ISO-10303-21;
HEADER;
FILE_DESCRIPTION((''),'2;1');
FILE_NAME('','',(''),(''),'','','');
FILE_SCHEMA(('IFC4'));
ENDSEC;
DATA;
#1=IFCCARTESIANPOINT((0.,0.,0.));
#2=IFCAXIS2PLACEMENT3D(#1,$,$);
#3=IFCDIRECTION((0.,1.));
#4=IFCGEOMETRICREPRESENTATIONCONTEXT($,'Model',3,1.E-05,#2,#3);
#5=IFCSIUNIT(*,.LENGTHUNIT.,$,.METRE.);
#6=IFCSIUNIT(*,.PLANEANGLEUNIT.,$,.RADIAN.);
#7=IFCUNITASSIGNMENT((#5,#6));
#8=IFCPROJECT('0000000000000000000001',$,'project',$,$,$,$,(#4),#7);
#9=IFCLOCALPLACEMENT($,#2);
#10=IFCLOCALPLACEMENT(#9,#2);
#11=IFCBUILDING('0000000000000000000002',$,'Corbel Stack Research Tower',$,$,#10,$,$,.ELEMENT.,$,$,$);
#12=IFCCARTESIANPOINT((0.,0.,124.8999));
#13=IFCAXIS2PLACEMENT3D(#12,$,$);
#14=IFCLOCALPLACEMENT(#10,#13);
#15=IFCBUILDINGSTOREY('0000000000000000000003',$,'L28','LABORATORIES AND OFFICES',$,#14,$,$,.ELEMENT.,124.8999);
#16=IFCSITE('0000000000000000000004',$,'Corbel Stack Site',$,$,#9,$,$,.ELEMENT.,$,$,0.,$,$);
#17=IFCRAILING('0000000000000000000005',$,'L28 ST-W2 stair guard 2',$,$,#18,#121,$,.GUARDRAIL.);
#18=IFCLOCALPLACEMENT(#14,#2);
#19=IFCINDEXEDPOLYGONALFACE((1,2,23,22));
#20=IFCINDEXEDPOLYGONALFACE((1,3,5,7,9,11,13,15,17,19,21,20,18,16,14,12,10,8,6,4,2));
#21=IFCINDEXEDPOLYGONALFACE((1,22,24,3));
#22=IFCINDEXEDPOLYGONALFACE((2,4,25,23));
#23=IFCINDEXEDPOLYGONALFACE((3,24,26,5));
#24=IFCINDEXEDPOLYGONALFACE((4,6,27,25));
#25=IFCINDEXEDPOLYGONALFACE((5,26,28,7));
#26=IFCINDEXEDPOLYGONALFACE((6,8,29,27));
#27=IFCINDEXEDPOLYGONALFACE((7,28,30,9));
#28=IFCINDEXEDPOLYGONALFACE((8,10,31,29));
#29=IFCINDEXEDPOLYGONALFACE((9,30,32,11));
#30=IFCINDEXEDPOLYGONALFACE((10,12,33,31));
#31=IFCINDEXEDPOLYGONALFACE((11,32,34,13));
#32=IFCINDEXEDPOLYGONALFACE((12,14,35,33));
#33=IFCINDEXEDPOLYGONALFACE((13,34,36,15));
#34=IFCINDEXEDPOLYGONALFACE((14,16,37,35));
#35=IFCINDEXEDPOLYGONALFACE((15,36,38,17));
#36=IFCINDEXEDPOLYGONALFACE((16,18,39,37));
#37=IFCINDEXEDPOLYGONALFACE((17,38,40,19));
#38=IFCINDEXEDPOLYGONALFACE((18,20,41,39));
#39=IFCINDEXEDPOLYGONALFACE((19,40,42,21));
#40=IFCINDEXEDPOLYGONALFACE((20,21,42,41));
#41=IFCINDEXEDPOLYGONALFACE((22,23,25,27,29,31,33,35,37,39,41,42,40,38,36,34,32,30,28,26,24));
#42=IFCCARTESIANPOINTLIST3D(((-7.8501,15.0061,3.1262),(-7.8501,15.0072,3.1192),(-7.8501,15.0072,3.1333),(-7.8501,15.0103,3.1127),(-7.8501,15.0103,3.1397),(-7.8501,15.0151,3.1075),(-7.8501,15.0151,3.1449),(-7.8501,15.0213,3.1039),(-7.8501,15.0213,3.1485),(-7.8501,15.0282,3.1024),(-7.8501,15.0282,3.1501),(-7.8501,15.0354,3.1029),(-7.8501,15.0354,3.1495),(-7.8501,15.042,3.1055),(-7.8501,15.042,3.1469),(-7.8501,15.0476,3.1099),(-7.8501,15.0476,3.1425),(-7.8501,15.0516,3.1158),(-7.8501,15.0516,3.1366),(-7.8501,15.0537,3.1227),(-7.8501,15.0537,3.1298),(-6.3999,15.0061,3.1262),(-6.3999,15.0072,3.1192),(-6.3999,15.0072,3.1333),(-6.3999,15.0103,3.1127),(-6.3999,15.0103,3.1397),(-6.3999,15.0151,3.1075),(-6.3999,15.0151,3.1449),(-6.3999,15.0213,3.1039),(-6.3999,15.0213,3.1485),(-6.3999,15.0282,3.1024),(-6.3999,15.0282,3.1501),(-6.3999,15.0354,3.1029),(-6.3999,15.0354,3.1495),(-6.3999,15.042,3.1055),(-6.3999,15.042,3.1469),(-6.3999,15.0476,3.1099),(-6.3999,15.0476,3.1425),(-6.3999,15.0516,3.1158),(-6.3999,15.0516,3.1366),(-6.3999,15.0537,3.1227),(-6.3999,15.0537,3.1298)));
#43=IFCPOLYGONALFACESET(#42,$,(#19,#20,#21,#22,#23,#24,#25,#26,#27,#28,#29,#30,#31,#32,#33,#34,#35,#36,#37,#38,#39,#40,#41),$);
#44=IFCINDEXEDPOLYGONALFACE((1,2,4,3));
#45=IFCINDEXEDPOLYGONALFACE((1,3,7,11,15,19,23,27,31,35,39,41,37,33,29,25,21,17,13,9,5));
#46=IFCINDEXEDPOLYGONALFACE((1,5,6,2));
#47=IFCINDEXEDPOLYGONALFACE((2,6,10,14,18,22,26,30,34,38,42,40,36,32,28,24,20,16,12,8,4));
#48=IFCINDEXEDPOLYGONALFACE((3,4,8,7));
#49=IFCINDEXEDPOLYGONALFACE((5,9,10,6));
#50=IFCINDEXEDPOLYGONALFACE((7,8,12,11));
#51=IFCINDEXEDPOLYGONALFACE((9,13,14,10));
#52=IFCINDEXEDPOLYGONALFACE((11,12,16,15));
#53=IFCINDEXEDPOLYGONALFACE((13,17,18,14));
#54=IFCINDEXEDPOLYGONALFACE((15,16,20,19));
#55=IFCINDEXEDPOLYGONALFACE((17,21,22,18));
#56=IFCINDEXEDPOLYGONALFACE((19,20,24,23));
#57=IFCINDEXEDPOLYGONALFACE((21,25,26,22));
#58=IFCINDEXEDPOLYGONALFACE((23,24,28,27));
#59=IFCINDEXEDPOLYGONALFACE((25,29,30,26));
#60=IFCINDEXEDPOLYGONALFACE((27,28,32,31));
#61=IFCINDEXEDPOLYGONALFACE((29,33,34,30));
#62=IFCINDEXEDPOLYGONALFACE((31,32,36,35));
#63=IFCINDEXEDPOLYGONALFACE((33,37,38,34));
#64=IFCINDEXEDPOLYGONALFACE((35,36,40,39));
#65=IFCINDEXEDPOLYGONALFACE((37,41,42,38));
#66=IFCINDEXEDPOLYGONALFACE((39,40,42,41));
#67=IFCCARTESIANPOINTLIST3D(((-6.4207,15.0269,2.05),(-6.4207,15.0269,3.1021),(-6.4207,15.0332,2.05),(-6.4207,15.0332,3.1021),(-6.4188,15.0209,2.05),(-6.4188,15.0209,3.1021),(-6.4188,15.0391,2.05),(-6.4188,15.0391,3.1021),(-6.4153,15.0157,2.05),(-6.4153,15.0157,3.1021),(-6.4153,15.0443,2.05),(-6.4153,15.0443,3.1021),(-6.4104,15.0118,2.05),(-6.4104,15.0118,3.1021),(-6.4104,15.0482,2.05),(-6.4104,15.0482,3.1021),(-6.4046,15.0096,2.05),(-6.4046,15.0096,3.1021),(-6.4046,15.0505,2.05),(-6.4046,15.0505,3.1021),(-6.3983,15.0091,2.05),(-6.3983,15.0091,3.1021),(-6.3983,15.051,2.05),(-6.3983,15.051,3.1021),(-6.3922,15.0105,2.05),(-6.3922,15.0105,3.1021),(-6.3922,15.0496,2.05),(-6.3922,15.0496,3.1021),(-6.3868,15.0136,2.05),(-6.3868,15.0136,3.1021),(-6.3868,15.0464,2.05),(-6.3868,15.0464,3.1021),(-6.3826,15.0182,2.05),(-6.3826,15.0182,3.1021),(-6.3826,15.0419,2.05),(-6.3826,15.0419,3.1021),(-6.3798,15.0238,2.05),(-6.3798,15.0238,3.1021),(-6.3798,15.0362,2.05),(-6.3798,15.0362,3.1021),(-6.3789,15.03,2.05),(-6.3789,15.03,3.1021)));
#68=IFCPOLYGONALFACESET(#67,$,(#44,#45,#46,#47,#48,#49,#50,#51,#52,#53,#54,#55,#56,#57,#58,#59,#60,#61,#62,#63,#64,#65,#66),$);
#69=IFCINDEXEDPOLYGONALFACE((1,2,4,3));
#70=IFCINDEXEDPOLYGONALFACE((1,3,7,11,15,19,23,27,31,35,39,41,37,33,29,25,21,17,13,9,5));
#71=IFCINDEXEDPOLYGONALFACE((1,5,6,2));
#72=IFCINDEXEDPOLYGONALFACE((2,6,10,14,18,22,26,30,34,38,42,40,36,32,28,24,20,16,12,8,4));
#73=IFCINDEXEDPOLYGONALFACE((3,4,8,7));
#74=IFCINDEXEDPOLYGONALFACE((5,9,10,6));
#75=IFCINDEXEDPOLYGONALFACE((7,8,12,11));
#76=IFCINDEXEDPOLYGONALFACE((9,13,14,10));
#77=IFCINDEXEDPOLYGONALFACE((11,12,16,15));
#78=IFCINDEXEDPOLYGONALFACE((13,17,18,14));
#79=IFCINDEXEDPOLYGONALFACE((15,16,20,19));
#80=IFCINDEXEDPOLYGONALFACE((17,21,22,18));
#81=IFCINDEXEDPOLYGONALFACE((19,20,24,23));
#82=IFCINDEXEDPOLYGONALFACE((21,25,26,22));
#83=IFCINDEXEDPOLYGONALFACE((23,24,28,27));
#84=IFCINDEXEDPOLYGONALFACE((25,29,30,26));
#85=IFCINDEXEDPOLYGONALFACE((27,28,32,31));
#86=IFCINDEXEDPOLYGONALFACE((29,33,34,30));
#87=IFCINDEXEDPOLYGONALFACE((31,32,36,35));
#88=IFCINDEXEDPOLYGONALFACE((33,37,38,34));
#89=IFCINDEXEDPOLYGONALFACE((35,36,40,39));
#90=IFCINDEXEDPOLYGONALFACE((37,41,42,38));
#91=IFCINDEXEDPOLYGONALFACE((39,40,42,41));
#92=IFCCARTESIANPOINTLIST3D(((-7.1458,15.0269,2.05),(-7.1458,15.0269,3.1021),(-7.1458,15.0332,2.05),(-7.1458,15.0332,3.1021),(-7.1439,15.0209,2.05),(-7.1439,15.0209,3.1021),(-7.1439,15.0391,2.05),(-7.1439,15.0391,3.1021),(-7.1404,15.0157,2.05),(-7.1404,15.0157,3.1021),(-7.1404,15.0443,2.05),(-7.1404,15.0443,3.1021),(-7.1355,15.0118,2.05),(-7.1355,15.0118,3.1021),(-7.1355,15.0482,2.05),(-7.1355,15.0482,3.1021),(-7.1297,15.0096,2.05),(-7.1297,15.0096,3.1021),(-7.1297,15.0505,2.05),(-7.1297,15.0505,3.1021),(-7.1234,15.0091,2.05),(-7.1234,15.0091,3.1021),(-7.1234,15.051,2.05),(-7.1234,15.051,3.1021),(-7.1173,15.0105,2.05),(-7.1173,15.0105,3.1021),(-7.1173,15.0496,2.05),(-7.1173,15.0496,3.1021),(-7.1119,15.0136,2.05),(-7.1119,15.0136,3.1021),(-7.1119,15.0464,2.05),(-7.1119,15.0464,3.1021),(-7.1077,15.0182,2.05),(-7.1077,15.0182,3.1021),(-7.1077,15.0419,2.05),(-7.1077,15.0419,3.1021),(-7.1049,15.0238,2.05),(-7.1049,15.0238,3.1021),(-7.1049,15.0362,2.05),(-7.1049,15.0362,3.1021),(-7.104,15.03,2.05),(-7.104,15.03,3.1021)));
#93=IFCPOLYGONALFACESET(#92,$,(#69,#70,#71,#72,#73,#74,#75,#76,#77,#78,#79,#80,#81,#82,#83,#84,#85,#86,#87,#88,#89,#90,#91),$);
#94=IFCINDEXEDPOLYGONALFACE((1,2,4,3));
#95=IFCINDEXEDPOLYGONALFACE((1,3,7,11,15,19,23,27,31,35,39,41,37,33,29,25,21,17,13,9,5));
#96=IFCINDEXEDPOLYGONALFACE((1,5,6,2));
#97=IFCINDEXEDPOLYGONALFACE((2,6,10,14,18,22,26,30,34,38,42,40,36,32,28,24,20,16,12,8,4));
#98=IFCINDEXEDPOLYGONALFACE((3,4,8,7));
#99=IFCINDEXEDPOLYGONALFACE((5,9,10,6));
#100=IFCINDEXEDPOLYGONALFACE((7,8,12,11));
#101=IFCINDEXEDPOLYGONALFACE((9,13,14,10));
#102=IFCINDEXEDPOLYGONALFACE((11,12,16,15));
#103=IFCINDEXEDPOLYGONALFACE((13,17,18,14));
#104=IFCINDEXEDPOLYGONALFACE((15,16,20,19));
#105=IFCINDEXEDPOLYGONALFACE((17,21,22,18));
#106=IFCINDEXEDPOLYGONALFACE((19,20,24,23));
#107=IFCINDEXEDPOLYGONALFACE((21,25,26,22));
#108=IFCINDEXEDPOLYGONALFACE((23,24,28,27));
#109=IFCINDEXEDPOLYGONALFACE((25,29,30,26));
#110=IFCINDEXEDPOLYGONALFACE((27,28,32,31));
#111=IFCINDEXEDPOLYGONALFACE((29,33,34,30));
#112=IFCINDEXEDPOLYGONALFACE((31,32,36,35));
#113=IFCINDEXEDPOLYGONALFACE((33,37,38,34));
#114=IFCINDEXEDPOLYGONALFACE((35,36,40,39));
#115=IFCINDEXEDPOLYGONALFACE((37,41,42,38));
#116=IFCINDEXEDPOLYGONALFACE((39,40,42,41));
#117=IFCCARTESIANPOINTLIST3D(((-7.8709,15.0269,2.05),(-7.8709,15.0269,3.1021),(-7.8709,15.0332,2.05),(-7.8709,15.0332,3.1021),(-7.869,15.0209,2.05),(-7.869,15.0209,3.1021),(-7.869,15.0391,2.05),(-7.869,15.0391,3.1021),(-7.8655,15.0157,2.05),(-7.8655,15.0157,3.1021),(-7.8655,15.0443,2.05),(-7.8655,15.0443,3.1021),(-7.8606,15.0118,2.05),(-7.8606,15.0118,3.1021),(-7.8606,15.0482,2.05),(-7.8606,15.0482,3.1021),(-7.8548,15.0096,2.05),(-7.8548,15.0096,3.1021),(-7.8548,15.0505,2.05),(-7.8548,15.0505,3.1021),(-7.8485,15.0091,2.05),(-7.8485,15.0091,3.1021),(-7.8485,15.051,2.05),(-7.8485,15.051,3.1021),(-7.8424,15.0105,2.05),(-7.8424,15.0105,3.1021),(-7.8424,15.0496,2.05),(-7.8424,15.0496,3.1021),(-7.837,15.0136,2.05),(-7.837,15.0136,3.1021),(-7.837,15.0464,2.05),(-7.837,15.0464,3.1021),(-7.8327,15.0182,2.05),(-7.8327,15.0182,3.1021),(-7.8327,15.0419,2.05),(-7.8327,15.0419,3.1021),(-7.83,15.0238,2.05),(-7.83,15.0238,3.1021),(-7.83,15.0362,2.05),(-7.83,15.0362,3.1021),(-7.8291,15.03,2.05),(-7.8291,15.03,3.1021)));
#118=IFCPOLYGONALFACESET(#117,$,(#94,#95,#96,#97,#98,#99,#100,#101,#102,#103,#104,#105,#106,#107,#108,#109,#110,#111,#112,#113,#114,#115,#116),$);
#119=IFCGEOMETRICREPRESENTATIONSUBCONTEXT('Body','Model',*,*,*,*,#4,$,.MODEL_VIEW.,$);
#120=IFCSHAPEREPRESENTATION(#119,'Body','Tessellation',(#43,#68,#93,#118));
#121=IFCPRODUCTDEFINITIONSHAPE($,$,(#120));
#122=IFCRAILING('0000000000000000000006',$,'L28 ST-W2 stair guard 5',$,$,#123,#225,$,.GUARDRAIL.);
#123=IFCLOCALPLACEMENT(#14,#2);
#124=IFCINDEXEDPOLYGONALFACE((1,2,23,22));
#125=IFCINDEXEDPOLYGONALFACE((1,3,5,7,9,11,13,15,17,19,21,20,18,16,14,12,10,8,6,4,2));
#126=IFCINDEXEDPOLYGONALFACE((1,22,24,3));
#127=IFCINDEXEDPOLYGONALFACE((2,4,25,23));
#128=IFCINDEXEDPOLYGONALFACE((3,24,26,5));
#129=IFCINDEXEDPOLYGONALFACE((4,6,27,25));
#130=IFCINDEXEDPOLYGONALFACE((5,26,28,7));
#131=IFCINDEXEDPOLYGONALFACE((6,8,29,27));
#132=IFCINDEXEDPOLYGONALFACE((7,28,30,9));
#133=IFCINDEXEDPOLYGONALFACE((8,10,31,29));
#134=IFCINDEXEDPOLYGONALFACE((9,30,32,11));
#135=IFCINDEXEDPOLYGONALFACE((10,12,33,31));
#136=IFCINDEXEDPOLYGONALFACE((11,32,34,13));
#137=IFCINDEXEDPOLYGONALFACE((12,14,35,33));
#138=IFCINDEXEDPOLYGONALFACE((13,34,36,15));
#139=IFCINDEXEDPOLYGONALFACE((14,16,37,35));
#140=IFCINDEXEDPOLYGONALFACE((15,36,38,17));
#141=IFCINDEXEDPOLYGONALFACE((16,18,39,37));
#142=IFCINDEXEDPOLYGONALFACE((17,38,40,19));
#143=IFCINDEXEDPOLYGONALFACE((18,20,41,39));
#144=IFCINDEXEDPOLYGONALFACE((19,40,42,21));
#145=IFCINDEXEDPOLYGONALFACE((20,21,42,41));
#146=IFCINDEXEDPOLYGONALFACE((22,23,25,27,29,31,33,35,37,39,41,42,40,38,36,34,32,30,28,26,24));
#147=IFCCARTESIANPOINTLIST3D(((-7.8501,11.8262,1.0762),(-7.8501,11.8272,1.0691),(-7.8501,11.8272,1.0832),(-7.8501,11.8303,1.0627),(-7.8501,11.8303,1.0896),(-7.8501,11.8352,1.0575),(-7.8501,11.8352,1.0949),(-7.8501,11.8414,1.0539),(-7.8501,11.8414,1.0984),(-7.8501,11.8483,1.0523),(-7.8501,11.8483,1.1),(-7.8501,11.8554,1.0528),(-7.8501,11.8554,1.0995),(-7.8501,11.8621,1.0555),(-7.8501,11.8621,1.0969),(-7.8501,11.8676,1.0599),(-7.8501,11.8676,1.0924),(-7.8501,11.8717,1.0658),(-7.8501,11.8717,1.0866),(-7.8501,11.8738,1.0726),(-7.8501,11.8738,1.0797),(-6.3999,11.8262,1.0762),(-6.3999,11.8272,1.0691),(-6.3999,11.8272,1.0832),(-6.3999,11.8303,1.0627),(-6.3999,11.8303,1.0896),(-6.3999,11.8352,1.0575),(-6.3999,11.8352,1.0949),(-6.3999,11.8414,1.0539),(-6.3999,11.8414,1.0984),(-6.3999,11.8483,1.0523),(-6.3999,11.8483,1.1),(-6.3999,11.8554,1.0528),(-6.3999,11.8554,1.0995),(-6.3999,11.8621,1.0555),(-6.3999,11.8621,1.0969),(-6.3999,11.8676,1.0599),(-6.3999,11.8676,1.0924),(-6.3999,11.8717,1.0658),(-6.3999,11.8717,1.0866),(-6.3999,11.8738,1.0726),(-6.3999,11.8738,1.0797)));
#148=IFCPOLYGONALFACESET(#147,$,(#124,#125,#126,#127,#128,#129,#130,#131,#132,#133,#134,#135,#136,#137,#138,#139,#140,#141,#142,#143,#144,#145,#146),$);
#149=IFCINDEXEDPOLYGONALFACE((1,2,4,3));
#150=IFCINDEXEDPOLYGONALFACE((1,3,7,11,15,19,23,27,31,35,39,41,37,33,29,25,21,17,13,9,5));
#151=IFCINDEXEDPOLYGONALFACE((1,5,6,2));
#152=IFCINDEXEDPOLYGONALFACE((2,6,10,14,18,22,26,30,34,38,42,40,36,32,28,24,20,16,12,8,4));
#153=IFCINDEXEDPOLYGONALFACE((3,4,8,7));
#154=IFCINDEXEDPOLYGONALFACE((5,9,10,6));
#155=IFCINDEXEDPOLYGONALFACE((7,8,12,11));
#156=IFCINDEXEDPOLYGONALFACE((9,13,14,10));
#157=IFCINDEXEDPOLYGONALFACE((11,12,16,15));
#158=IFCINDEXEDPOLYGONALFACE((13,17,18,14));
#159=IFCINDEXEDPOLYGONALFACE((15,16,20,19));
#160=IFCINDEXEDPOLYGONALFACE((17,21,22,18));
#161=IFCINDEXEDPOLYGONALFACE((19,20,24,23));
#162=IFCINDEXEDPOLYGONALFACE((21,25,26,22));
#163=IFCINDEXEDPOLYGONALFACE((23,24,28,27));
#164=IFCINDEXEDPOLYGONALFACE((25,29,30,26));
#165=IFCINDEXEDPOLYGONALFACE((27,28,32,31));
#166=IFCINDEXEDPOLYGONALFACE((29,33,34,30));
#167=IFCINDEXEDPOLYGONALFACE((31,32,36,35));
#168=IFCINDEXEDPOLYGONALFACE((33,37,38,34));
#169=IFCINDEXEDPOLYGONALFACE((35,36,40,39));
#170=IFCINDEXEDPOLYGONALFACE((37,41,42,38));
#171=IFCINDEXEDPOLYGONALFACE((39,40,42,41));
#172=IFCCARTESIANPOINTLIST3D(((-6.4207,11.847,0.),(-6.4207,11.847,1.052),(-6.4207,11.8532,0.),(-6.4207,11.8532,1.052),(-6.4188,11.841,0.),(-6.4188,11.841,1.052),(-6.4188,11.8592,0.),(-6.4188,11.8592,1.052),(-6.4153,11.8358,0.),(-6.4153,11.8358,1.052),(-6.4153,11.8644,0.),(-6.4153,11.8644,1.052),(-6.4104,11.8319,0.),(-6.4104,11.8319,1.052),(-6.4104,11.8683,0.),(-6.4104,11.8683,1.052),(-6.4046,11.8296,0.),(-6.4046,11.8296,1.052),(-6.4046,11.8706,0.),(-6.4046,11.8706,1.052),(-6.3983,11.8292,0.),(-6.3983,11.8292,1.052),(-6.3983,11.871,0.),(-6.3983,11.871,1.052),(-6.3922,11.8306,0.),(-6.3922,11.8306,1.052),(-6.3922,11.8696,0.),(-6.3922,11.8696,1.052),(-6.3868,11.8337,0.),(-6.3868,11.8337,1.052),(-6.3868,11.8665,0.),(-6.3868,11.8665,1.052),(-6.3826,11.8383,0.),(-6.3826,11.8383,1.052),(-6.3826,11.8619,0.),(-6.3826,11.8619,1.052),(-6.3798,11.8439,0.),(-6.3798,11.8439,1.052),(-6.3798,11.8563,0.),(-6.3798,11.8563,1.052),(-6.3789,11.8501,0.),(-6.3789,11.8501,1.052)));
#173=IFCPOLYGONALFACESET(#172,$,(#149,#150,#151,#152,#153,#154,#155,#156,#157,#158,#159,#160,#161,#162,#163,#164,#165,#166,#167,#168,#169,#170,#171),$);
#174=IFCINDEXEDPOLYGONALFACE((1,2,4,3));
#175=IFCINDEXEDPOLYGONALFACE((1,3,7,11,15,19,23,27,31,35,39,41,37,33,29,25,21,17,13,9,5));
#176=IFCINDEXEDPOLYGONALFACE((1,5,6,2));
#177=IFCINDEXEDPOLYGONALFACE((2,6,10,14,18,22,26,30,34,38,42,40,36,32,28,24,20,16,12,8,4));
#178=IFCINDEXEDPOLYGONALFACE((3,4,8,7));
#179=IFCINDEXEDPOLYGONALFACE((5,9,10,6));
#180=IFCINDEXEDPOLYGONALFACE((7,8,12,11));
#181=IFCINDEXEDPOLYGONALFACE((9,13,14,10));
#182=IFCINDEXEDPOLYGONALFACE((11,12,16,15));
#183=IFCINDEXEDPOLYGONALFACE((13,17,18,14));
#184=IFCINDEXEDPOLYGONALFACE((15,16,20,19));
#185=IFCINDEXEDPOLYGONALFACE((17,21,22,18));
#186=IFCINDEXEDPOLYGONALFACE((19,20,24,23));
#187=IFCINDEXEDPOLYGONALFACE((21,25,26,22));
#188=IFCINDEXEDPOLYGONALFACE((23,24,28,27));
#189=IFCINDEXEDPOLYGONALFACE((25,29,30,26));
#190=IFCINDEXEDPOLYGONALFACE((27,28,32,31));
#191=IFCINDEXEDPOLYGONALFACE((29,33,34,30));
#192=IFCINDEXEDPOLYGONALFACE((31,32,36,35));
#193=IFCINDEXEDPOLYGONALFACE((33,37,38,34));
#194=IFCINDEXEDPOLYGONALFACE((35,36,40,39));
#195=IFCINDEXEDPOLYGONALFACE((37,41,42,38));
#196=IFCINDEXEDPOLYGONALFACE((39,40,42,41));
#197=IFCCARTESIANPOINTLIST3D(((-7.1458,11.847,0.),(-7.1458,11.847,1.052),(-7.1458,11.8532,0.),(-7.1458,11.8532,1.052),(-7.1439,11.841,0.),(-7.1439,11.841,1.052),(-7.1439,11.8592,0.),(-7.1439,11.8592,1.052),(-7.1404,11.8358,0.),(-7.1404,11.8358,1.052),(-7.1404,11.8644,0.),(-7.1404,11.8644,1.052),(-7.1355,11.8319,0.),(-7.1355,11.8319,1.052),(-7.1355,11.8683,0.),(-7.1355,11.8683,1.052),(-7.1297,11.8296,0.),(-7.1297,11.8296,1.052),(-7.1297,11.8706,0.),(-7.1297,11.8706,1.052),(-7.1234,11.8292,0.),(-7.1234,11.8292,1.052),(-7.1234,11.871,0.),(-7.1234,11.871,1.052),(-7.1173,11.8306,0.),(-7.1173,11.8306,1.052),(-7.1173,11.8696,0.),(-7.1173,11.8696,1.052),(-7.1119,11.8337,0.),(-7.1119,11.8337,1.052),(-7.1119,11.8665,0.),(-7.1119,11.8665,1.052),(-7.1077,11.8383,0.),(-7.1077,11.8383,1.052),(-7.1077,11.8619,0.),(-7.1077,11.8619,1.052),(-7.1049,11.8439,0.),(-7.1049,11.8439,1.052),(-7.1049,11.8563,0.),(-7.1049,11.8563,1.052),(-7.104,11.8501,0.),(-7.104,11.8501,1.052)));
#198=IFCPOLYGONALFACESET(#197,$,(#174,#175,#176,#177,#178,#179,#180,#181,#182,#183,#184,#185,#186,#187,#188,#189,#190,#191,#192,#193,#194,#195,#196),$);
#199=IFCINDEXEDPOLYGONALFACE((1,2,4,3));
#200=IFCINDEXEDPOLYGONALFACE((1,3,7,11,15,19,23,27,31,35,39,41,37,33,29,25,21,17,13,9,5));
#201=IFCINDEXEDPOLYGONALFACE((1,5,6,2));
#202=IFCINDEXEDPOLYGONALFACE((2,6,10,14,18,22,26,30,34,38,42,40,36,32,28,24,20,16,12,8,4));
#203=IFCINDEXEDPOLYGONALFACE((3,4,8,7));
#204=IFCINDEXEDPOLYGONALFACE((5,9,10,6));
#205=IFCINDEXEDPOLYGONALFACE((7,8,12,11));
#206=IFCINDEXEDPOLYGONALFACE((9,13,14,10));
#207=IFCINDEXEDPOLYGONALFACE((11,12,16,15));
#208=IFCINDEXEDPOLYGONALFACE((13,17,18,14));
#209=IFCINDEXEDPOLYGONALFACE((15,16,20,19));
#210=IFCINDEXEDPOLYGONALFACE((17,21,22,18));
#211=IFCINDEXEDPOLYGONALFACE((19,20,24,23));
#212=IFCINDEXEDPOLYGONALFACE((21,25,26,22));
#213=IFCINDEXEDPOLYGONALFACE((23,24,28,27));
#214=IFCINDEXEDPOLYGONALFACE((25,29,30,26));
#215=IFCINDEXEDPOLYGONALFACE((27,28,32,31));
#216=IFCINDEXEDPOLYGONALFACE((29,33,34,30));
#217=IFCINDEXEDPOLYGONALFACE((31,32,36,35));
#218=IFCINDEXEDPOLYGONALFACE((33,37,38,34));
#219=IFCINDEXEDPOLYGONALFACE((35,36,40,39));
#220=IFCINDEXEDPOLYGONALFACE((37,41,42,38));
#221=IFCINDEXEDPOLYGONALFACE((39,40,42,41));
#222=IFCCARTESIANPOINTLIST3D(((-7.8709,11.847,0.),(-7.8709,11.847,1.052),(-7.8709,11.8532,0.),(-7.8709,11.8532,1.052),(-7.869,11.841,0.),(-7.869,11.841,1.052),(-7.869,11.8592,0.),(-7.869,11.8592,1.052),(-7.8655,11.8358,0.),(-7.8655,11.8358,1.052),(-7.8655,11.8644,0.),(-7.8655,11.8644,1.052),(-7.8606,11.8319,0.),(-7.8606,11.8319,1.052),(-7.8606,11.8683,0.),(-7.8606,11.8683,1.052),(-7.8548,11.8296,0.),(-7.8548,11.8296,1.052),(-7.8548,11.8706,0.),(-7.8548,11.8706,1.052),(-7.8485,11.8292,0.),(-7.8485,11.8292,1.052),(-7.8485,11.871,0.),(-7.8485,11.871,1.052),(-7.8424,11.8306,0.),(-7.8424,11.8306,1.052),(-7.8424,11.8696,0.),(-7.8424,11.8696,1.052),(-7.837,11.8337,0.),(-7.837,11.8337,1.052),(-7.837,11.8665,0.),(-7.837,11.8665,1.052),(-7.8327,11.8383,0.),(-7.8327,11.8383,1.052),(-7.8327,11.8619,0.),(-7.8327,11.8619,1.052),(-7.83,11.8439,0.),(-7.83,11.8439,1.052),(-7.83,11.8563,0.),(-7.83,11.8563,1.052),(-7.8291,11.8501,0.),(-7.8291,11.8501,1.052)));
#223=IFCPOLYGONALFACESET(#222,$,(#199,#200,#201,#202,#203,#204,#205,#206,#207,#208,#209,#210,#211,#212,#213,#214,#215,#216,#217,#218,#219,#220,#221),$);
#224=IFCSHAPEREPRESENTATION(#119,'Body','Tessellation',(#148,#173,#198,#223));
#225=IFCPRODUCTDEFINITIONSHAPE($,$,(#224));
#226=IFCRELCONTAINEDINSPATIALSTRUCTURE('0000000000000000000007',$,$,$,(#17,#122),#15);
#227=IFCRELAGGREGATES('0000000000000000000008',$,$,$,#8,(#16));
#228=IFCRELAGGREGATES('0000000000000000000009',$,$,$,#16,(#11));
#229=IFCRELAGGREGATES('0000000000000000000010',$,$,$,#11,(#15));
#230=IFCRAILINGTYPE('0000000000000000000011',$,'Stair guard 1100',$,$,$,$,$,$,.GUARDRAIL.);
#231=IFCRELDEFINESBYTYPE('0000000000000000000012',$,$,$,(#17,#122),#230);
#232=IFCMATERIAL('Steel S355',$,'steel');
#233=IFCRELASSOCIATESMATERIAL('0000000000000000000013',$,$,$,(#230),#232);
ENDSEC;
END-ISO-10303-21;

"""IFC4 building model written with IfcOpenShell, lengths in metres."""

from ifc_helpers import new_model, si_unit, direction, frame, origin, origin_2d, place, context, subcontext, project, spatial, circle, extrude, material, type_object, element, save


model = new_model("IFC4")

# Units and contexts
model_context = context("Model", 3, precision=1e-05, world=origin(), true_north=direction((0.0, 1.0)))
body_context = subcontext(model_context, "Body", "Model", "MODEL_VIEW")
ifc_project = project(units=[si_unit("LENGTHUNIT", "METRE"), si_unit("PLANEANGLEUNIT", "RADIAN")], contexts=[model_context])

# Site, building, storey
site_placement = place(None, origin())
site = spatial("IfcSite", under=ifc_project, at=site_placement, Name="Corbel Stack Site", CompositionType="ELEMENT", RefElevation=0.0)
building_placement = place(site_placement, origin())
building = spatial("IfcBuilding", under=site, at=building_placement, Name="Corbel Stack Research Tower", CompositionType="ELEMENT")
storey_placement = place(building_placement, frame((0.0, 0.0, 124.8999)))
storey = spatial("IfcBuildingStorey", under=building, at=storey_placement, Name="L28", Description="LABORATORIES AND OFFICES", CompositionType="ELEMENT", Elevation=124.8999)

# Railings
ifc_material_1 = material(Name="Steel S355", Category="steel")
railing_type_1 = type_object("IfcRailingType", Name="Stair guard 1100", PredefinedType="GUARDRAIL", material=ifc_material_1)
for number, where, name in (
    (1, (-6.3999, 15.03, 2.05), "L28 ST-W2 stair guard 2"),
    (2, (-6.3999, 11.8501, 0.0), "L28 ST-W2 stair guard 5"),
):
    element("IfcRailing", number, at=place(storey_placement, frame(where)), inside=storey, type_object=railing_type_1, Name=name, PredefinedType="GUARDRAIL", context=body_context, shape_type="SweptSolid", body=[
        extrude(circle(Radius=0.0239, at=origin_2d()), frame((0.0, 0.0, 1.0762), z_axis=(-1.0, 0.0, 0.0), x_axis=(0.0, -1.0, 0.0)), (0.0, 0.0, 1.0), 1.4502),
        extrude(circle(Radius=0.021, at=origin_2d()), origin(), (0.0, 0.0, 1.0), 1.052),
        extrude(circle(Radius=0.021, at=origin_2d()), frame((-0.7251, 0.0, 0.0)), (0.0, 0.0, 1.0), 1.052),
        extrude(circle(Radius=0.021, at=origin_2d()), frame((-1.4502, 0.0, 0.0)), (0.0, 0.0, 1.0), 1.052),
    ])

save(model, "model.ifc")
